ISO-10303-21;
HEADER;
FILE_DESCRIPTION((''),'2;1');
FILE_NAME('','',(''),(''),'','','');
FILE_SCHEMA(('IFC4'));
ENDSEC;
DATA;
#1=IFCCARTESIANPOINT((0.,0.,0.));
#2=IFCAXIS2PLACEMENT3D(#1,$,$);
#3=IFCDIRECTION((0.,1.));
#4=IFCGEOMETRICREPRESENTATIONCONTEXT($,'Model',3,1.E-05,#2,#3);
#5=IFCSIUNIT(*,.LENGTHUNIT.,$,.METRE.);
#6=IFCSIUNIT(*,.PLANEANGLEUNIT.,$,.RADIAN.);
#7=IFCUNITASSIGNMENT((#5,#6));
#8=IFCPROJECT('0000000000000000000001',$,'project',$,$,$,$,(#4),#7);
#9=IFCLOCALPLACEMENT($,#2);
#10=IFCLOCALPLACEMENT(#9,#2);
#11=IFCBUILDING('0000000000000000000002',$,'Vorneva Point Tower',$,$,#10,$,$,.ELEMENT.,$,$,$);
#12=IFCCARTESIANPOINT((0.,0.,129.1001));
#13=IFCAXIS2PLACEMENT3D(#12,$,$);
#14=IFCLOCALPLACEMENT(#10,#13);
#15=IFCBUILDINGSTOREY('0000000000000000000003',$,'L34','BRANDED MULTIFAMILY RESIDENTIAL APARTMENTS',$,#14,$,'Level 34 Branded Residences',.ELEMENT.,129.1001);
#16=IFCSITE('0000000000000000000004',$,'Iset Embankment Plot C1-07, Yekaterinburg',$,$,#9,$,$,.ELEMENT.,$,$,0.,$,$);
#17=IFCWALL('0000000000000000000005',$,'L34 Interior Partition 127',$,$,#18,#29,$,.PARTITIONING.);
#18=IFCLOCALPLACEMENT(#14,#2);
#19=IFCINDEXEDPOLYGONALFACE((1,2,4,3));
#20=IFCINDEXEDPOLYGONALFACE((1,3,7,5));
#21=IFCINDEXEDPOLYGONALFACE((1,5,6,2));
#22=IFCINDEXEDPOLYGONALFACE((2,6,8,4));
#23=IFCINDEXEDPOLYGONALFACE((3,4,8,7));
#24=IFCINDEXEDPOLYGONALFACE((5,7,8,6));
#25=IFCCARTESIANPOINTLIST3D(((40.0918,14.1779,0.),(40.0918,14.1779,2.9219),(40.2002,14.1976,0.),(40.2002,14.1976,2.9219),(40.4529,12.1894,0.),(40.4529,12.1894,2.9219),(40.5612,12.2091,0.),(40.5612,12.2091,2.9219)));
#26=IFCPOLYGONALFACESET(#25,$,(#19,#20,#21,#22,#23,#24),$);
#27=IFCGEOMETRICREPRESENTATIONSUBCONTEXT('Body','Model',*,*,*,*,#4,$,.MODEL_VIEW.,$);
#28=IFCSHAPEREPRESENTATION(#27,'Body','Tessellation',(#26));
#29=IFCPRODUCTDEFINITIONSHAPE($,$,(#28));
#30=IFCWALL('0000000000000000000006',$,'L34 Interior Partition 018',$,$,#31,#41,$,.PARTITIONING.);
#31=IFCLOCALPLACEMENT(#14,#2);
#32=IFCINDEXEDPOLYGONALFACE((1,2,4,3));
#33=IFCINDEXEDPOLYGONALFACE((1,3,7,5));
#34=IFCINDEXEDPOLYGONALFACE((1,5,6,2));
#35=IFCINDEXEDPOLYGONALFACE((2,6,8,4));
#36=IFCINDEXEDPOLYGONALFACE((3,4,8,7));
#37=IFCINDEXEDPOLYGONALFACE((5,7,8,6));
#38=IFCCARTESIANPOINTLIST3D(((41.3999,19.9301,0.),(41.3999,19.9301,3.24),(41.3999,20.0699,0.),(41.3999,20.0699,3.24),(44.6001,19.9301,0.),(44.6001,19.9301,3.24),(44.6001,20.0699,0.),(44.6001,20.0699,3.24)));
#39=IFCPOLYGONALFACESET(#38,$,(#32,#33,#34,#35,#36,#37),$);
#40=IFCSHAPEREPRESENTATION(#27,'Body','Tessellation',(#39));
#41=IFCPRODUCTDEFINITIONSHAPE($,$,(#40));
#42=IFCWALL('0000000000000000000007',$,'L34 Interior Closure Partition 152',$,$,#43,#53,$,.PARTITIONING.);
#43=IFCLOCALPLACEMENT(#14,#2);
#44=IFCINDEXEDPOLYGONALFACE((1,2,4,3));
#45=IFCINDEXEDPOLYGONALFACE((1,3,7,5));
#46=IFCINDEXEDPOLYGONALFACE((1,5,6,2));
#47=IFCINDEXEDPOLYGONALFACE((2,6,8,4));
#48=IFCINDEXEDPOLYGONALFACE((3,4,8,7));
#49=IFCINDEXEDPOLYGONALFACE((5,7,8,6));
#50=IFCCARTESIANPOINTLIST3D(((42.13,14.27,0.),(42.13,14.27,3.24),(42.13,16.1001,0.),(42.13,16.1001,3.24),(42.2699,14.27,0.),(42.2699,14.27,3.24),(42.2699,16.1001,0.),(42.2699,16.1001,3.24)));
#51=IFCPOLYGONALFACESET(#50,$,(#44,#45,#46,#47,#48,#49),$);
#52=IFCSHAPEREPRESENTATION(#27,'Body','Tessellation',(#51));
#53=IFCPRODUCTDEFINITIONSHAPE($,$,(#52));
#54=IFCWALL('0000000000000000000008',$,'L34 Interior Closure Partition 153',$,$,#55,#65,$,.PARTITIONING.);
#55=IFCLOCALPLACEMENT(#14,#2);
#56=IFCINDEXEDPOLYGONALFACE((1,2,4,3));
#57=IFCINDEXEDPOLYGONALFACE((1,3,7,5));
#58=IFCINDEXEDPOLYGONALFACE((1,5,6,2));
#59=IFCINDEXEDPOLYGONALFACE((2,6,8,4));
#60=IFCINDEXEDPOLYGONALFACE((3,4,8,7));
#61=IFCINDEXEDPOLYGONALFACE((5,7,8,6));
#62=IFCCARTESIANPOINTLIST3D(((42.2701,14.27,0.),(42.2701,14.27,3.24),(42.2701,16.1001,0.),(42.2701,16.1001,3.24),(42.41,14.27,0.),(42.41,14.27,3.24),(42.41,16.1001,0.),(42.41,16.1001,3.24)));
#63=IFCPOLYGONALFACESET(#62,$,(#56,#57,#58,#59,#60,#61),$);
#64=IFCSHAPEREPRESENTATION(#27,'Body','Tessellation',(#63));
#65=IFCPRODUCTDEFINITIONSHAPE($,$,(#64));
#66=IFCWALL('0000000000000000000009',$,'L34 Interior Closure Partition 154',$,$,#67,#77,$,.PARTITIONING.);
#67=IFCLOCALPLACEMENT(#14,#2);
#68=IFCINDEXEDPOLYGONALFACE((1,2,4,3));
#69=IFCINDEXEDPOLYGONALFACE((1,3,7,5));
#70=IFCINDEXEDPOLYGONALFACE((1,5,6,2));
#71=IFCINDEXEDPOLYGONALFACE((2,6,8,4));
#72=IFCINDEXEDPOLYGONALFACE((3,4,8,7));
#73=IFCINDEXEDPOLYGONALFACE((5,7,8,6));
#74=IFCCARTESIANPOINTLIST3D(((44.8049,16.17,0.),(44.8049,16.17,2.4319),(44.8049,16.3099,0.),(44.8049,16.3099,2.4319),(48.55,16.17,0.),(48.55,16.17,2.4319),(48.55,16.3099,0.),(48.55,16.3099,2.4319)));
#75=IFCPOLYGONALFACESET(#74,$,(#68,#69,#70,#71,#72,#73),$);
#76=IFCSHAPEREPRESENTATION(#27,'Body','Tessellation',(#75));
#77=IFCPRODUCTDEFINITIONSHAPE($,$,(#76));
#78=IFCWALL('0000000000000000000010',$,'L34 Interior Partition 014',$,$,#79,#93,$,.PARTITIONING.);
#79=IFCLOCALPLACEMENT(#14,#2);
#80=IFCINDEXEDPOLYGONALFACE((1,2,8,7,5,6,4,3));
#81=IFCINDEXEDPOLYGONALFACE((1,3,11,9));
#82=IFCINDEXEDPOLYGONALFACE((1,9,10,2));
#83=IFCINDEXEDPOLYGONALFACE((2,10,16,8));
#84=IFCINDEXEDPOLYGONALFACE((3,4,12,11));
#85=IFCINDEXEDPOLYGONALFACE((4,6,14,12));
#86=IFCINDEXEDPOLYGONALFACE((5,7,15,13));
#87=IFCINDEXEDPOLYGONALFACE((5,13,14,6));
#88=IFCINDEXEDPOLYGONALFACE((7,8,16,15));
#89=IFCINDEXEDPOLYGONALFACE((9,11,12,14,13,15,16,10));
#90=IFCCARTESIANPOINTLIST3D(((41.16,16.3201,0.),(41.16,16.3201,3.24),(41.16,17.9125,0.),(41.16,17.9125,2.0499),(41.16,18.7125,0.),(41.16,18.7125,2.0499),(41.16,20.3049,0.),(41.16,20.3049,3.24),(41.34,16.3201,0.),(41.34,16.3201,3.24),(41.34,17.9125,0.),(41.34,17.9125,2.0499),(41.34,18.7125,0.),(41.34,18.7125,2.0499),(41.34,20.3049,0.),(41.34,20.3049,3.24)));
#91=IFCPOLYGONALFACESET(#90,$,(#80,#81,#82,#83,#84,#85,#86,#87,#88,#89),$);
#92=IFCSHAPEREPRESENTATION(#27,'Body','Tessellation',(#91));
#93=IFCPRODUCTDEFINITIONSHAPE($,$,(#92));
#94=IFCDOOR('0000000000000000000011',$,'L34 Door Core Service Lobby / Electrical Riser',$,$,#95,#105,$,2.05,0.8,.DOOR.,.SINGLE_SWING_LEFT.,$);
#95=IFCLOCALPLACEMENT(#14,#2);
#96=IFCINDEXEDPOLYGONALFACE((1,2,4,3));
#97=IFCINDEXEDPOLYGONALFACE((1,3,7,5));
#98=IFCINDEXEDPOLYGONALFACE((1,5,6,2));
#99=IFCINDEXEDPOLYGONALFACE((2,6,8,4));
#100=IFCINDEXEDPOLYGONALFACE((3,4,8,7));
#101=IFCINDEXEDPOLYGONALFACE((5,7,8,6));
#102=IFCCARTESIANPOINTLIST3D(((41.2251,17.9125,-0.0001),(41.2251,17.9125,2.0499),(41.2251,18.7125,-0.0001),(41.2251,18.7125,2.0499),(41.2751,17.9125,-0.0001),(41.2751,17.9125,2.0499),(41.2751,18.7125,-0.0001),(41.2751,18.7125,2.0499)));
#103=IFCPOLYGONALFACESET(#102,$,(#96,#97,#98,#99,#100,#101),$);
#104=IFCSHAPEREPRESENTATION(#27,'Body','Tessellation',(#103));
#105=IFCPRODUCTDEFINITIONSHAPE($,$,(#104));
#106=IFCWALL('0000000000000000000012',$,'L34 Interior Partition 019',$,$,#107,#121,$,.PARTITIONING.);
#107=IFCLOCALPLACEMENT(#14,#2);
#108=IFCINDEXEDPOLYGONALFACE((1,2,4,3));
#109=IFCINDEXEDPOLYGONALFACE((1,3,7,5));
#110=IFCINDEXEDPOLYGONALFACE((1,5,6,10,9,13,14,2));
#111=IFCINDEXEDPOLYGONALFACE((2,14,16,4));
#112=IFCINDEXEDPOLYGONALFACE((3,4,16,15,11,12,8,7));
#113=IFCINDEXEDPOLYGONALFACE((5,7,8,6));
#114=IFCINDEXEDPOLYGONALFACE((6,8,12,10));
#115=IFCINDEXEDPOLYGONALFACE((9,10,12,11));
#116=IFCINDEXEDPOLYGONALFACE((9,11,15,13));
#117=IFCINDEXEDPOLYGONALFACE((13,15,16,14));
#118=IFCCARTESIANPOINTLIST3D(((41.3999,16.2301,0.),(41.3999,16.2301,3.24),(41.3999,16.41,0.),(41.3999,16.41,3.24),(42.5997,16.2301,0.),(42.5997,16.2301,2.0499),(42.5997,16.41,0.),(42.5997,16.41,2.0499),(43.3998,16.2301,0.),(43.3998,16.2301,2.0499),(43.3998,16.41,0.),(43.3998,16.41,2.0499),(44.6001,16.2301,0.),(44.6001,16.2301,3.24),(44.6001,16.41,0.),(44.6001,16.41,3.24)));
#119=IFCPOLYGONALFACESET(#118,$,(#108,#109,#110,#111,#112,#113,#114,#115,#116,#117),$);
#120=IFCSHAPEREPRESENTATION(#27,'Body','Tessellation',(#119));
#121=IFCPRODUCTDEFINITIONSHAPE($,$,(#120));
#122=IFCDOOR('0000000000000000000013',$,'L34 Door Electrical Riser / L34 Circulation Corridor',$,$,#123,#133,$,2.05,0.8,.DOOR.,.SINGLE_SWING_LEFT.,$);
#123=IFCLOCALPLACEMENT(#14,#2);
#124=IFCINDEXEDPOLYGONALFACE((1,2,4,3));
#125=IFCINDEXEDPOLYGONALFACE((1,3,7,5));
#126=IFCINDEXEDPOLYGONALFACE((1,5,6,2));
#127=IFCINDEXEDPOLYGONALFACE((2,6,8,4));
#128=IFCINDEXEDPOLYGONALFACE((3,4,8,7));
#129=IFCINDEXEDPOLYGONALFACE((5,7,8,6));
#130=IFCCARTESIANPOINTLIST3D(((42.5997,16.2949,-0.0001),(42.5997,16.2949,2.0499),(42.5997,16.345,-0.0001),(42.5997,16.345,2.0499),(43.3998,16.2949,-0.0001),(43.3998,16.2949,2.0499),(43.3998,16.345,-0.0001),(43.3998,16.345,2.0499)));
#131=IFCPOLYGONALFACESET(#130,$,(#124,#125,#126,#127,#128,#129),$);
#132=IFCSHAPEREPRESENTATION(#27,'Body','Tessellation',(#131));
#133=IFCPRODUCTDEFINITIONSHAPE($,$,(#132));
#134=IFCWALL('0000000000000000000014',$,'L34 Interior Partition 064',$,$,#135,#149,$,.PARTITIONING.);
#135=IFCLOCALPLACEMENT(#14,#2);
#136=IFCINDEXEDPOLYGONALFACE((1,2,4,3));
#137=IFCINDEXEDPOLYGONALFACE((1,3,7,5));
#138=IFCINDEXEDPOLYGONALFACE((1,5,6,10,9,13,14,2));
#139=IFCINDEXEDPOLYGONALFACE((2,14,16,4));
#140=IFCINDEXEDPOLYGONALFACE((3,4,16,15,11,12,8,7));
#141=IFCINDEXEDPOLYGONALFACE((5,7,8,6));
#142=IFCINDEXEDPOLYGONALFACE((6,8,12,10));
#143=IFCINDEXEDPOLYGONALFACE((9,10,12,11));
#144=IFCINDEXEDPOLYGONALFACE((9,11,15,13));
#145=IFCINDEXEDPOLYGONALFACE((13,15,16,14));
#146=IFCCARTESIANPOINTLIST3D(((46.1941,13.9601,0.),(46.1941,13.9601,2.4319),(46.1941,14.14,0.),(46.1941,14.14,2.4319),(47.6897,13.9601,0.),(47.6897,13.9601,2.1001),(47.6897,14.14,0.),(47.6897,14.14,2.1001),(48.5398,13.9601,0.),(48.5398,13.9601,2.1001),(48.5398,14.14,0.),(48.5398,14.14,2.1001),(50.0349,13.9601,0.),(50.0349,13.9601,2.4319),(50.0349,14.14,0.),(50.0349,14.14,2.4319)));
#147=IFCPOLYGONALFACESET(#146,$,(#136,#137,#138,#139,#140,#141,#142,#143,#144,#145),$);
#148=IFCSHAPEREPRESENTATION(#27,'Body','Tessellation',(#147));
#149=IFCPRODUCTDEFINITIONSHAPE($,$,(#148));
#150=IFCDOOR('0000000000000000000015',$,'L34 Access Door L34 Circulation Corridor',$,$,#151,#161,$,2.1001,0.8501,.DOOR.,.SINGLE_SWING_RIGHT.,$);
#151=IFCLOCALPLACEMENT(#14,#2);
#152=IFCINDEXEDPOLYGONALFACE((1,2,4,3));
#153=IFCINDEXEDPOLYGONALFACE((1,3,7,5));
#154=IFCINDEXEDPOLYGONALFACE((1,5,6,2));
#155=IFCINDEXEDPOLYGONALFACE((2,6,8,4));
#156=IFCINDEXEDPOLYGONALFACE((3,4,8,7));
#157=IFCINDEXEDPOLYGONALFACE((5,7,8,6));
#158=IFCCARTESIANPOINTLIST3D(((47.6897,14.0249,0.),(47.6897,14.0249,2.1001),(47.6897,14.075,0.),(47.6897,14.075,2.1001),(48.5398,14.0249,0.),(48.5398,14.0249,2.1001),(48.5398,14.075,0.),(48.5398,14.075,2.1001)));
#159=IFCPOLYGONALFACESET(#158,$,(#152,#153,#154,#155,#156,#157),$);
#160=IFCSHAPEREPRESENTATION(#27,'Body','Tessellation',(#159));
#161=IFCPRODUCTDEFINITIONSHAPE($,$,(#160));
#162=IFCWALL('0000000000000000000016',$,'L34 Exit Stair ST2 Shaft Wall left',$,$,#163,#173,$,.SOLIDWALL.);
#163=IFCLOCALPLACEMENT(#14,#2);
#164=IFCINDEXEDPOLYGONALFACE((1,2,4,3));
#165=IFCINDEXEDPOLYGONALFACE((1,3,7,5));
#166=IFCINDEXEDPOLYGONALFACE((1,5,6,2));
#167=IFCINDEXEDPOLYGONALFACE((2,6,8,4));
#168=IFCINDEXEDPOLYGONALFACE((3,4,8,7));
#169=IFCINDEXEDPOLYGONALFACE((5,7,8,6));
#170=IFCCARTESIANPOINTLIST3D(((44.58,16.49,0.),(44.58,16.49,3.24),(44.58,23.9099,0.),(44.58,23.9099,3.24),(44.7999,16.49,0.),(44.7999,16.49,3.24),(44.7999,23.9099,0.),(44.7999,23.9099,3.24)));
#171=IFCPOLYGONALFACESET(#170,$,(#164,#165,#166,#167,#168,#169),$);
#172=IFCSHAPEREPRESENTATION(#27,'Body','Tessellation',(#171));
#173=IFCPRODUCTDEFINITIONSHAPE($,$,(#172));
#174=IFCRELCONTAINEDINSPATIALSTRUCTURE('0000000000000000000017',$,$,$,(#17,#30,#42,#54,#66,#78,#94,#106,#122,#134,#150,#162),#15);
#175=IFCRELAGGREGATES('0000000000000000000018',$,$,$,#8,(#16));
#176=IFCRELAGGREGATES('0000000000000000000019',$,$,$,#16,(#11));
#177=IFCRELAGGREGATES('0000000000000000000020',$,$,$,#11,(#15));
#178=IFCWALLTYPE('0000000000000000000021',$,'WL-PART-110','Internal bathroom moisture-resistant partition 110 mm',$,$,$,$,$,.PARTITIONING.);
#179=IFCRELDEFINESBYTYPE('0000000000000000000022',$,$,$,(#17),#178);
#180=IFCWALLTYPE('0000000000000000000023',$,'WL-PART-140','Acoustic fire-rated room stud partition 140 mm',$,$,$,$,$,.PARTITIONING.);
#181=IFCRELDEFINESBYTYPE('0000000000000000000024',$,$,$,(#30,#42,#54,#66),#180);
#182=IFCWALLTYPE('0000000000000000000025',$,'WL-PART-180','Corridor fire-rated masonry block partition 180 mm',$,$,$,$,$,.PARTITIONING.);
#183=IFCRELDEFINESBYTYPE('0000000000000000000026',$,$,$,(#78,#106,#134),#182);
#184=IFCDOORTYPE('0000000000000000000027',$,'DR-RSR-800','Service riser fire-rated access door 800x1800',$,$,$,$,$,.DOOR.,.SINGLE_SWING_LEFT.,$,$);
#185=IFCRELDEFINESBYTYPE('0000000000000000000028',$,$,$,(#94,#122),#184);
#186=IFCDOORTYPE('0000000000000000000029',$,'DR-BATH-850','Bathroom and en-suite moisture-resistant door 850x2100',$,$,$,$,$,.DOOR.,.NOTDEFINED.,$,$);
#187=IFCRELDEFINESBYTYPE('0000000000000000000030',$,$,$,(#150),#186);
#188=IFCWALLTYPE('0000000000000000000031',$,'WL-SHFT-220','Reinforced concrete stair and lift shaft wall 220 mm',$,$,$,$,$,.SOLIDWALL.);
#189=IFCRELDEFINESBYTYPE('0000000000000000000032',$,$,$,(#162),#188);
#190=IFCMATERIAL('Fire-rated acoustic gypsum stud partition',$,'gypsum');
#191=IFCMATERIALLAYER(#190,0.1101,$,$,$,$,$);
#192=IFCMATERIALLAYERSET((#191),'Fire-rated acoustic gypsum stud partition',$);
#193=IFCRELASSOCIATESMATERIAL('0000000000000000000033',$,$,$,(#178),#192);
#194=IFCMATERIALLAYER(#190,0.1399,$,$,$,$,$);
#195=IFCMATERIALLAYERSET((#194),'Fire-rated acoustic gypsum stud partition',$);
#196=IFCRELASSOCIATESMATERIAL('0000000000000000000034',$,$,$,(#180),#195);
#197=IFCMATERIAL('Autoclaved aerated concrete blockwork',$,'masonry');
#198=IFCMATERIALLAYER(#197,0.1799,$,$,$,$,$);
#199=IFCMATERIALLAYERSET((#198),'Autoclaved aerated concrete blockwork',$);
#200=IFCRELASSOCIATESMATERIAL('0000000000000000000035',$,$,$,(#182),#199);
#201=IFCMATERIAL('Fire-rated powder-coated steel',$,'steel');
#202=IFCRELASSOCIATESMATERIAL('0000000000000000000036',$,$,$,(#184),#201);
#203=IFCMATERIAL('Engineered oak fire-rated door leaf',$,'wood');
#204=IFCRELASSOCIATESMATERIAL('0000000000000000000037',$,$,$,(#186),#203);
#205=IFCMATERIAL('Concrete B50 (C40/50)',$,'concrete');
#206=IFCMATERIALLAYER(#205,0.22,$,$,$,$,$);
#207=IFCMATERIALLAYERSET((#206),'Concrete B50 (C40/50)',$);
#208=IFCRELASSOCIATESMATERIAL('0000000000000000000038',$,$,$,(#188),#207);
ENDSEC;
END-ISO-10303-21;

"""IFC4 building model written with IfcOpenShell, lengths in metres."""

from ifc_helpers import new_model, si_unit, direction, frame, frame_2d, origin, place, context, subcontext, project, spatial, rectangle, extrude, material, layer, layer_set, type_object, element, fill, save


model = new_model("IFC4")

# Units and contexts
model_context = context("Model", 3, precision=1e-05, world=origin(), true_north=direction((0.0, 1.0)))
body_context = subcontext(model_context, "Body", "Model", "MODEL_VIEW")
ifc_project = project(units=[si_unit("LENGTHUNIT", "METRE"), si_unit("PLANEANGLEUNIT", "RADIAN")], contexts=[model_context])

# Site, building, storey
site_placement = place(None, origin())
site = spatial("IfcSite", under=ifc_project, at=site_placement, Name="Iset Embankment Plot C1-07, Yekaterinburg", CompositionType="ELEMENT", RefElevation=0.0)
building_placement = place(site_placement, origin())
building = spatial("IfcBuilding", under=site, at=building_placement, Name="Vorneva Point Tower", CompositionType="ELEMENT")
storey_placement = place(building_placement, frame((0.0, 0.0, 129.1001)))
storey = spatial("IfcBuildingStorey", under=building, at=storey_placement, Name="L34", Description="BRANDED MULTIFAMILY RESIDENTIAL APARTMENTS", LongName="Level 34 Branded Residences", CompositionType="ELEMENT", Elevation=129.1001)

# Walls
ifc_material_1 = material(Name="Fire-rated acoustic gypsum stud partition", Category="gypsum")
ifc_layer_1 = layer(ifc_material_1, 0.1101)
ifc_layer_set_1 = layer_set([ifc_layer_1], Name="Fire-rated acoustic gypsum stud partition")
wall_type_1 = type_object("IfcWallType", Name="WL-PART-110", Description="Internal bathroom moisture-resistant partition 110 mm", PredefinedType="PARTITIONING", material=ifc_layer_set_1)
wall_1_placement = place(storey_placement, frame((40.146, 14.1877, 0.0), z_axis=(0.0, 0.0, 1.0), x_axis=(0.178662, -0.98391, 0.0)))
element("IfcWall", 1, at=wall_1_placement, inside=storey, type_object=wall_type_1, Name="L34 Interior Partition 127", PredefinedType="PARTITIONING", context=body_context, shape_type="SweptSolid", body=[
    extrude(rectangle(XDim=2.021, YDim=0.1101, at=frame_2d((1.0105, 0.0))), origin(), (0.0, 0.0, 1.0), 2.9219),
])
ifc_layer_2 = layer(ifc_material_1, 0.1399)
ifc_layer_set_2 = layer_set([ifc_layer_2], Name="Fire-rated acoustic gypsum stud partition")
wall_type_2 = type_object("IfcWallType", Name="WL-PART-140", Description="Acoustic fire-rated room stud partition 140 mm", PredefinedType="PARTITIONING", material=ifc_layer_set_2)
wall_2_placement = place(storey_placement, frame((44.6001, 20.0, 0.0), z_axis=(0.0, 0.0, 1.0), x_axis=(-1.0, 0.0, 0.0)))
element("IfcWall", 2, at=wall_2_placement, inside=storey, type_object=wall_type_2, Name="L34 Interior Partition 018", PredefinedType="PARTITIONING", context=body_context, shape_type="SweptSolid", body=[
    extrude(rectangle(XDim=3.2002, YDim=0.1399, at=frame_2d((1.6001, 0.0))), origin(), (0.0, 0.0, 1.0), 3.24),
])
for number, where, z_axis, x_axis, name in (
    (3, (42.2, 16.1001, 0.0), (0.0, 0.0, 1.0), (0.0, -1.0, 0.0), "L34 Interior Closure Partition 152"),
    (4, (42.3401, 14.27, 0.0), (0.0, 0.0, 1.0), (0.0, 1.0, 0.0), "L34 Interior Closure Partition 153"),
):
    element("IfcWall", number, at=place(storey_placement, frame(where, z_axis=z_axis, x_axis=x_axis)), inside=storey, type_object=wall_type_2, Name=name, PredefinedType="PARTITIONING", context=body_context, shape_type="SweptSolid", body=[
        extrude(rectangle(XDim=1.8301, YDim=0.1399, at=frame_2d((0.915, 0.0))), origin(), (0.0, 0.0, 1.0), 3.24),
    ])
wall_3_placement = place(storey_placement, frame((44.8049, 16.24, 0.0), z_axis=(0.0, 0.0, 1.0), x_axis=(1.0, 0.0, 0.0)))
element("IfcWall", 5, at=wall_3_placement, inside=storey, type_object=wall_type_2, Name="L34 Interior Closure Partition 154", PredefinedType="PARTITIONING", context=body_context, shape_type="SweptSolid", body=[
    extrude(rectangle(XDim=3.7451, YDim=0.1399, at=frame_2d((1.8726, 0.0))), origin(), (0.0, 0.0, 1.0), 2.4319),
])

# Walls, openings, doors
ifc_material_2 = material(Name="Autoclaved aerated concrete blockwork", Category="masonry")
ifc_layer_3 = layer(ifc_material_2, 0.1799)
ifc_layer_set_3 = layer_set([ifc_layer_3], Name="Autoclaved aerated concrete blockwork")
wall_type_3 = type_object("IfcWallType", Name="WL-PART-180", Description="Corridor fire-rated masonry block partition 180 mm", PredefinedType="PARTITIONING", material=ifc_layer_set_3)
wall_4_placement = place(storey_placement, frame((41.25, 16.3201, 0.0), z_axis=(0.0, 0.0, 1.0), x_axis=(0.0, 1.0, 0.0)))
wall_4 = element("IfcWall", 6, at=wall_4_placement, inside=storey, type_object=wall_type_3, Name="L34 Interior Partition 014", PredefinedType="PARTITIONING", context=body_context, shape_type="SweptSolid", body=[
    extrude(rectangle(XDim=3.9849, YDim=0.1799, at=frame_2d((1.9924, 0.0))), origin(), (0.0, 0.0, 1.0), 3.24),
])
opening_1_placement = place(wall_4_placement, frame((1.5925, 0.0, 0.0)))
opening_1 = element("IfcOpeningElement", 7, at=opening_1_placement, cuts=wall_4, PredefinedType="OPENING", context=body_context, shape_type="SweptSolid", body=[
    extrude(rectangle(XDim=0.8, YDim=2.05, at=frame_2d((0.3999, 1.0249))), frame((0.0, 0.105, 0.0), z_axis=(0.0, -1.0, 0.0), x_axis=(1.0, 0.0, 0.0)), (0.0, 0.0, 1.0), 0.2097),
])
ifc_material_3 = material(Name="Fire-rated powder-coated steel", Category="steel")
door_type_1 = type_object("IfcDoorType", Name="DR-RSR-800", Description="Service riser fire-rated access door 800x1800", OperationType="SINGLE_SWING_LEFT", PredefinedType="DOOR", material=ifc_material_3)
door_1_placement = place(opening_1_placement, origin())
door_1 = element("IfcDoor", 8, at=door_1_placement, inside=storey, type_object=door_type_1, Name="L34 Door Core Service Lobby / Electrical Riser", OperationType="SINGLE_SWING_LEFT", OverallHeight=2.05, OverallWidth=0.8, PredefinedType="DOOR", context=body_context, shape_type="SweptSolid", body=[
    extrude(rectangle(XDim=0.8, YDim=2.05, at=frame_2d((0.3999, 1.0249))), frame((0.0, 0.0249, 0.0), z_axis=(0.0, -1.0, 0.0), x_axis=(1.0, 0.0, 0.0)), (0.0, 0.0, 1.0), 0.05),
])
fill(opening_1, door_1)
wall_5_placement = place(storey_placement, frame((41.3999, 16.3201, 0.0), z_axis=(0.0, 0.0, 1.0), x_axis=(1.0, 0.0, 0.0)))
wall_5 = element("IfcWall", 9, at=wall_5_placement, inside=storey, type_object=wall_type_3, Name="L34 Interior Partition 019", PredefinedType="PARTITIONING", context=body_context, shape_type="SweptSolid", body=[
    extrude(rectangle(XDim=3.2002, YDim=0.1799, at=frame_2d((1.6001, 0.0))), origin(), (0.0, 0.0, 1.0), 3.24),
])
opening_2_placement = place(wall_5_placement, frame((1.2, 0.0, 0.0)))
opening_2 = element("IfcOpeningElement", 10, at=opening_2_placement, cuts=wall_5, PredefinedType="OPENING", context=body_context, shape_type="SweptSolid", body=[
    extrude(rectangle(XDim=0.8, YDim=2.05, at=frame_2d((0.3999, 1.0249))), frame((0.0, 0.105, 0.0), z_axis=(0.0, -1.0, 0.0), x_axis=(1.0, 0.0, 0.0)), (0.0, 0.0, 1.0), 0.2097),
])
door_2_placement = place(opening_2_placement, origin())
door_2 = element("IfcDoor", 11, at=door_2_placement, inside=storey, type_object=door_type_1, Name="L34 Door Electrical Riser / L34 Circulation Corridor", OperationType="SINGLE_SWING_LEFT", OverallHeight=2.05, OverallWidth=0.8, PredefinedType="DOOR", context=body_context, shape_type="SweptSolid", body=[
    extrude(rectangle(XDim=0.8, YDim=2.05, at=frame_2d((0.3999, 1.0249))), frame((0.0, 0.0249, 0.0), z_axis=(0.0, -1.0, 0.0), x_axis=(1.0, 0.0, 0.0)), (0.0, 0.0, 1.0), 0.05),
])
fill(opening_2, door_2)
wall_6_placement = place(storey_placement, frame((46.1941, 14.05, 0.0), z_axis=(0.0, 0.0, 1.0), x_axis=(1.0, 0.0, 0.0)))
wall_6 = element("IfcWall", 12, at=wall_6_placement, inside=storey, type_object=wall_type_3, Name="L34 Interior Partition 064", PredefinedType="PARTITIONING", context=body_context, shape_type="SweptSolid", body=[
    extrude(rectangle(XDim=3.8408, YDim=0.1799, at=frame_2d((1.9204, 0.0))), origin(), (0.0, 0.0, 1.0), 2.4319),
])
opening_3_placement = place(wall_6_placement, frame((1.4956, 0.0, 0.0)))
opening_3 = element("IfcOpeningElement", 13, at=opening_3_placement, cuts=wall_6, PredefinedType="OPENING", context=body_context, shape_type="SweptSolid", body=[
    extrude(rectangle(XDim=0.8501, YDim=2.1001, at=frame_2d((0.425, 1.05))), frame((0.0, 0.105, 0.0), z_axis=(0.0, -1.0, 0.0), x_axis=(1.0, 0.0, 0.0)), (0.0, 0.0, 1.0), 0.2097),
])
ifc_material_4 = material(Name="Engineered oak fire-rated door leaf", Category="wood")
door_type_2 = type_object("IfcDoorType", Name="DR-BATH-850", Description="Bathroom and en-suite moisture-resistant door 850x2100", OperationType="NOTDEFINED", PredefinedType="DOOR", material=ifc_material_4)
door_3_placement = place(opening_3_placement, origin())
door_3 = element("IfcDoor", 14, at=door_3_placement, inside=storey, type_object=door_type_2, Name="L34 Access Door L34 Circulation Corridor", OperationType="SINGLE_SWING_RIGHT", OverallHeight=2.1001, OverallWidth=0.8501, PredefinedType="DOOR", context=body_context, shape_type="SweptSolid", body=[
    extrude(rectangle(XDim=0.8501, YDim=2.1001, at=frame_2d((0.425, 1.05))), frame((0.0, 0.0249, 0.0), z_axis=(0.0, -1.0, 0.0), x_axis=(1.0, 0.0, 0.0)), (0.0, 0.0, 1.0), 0.05),
])
fill(opening_3, door_3)

# Wall
ifc_material_5 = material(Name="Concrete B50 (C40/50)", Category="concrete")
ifc_layer_4 = layer(ifc_material_5, 0.22)
ifc_layer_set_4 = layer_set([ifc_layer_4], Name="Concrete B50 (C40/50)")
wall_type_4 = type_object("IfcWallType", Name="WL-SHFT-220", Description="Reinforced concrete stair and lift shaft wall 220 mm", PredefinedType="SOLIDWALL", material=ifc_layer_set_4)
wall_7_placement = place(storey_placement, frame((44.6899, 16.49, 0.0), z_axis=(0.0, 0.0, 1.0), x_axis=(0.0, 1.0, 0.0)))
element("IfcWall", 15, at=wall_7_placement, inside=storey, type_object=wall_type_4, Name="L34 Exit Stair ST2 Shaft Wall left", PredefinedType="SOLIDWALL", context=body_context, shape_type="SweptSolid", body=[
    extrude(rectangle(XDim=7.4199, YDim=0.22, at=frame_2d((3.71, 0.0))), origin(), (0.0, 0.0, 1.0), 3.24),
])

save(model, "model.ifc")
